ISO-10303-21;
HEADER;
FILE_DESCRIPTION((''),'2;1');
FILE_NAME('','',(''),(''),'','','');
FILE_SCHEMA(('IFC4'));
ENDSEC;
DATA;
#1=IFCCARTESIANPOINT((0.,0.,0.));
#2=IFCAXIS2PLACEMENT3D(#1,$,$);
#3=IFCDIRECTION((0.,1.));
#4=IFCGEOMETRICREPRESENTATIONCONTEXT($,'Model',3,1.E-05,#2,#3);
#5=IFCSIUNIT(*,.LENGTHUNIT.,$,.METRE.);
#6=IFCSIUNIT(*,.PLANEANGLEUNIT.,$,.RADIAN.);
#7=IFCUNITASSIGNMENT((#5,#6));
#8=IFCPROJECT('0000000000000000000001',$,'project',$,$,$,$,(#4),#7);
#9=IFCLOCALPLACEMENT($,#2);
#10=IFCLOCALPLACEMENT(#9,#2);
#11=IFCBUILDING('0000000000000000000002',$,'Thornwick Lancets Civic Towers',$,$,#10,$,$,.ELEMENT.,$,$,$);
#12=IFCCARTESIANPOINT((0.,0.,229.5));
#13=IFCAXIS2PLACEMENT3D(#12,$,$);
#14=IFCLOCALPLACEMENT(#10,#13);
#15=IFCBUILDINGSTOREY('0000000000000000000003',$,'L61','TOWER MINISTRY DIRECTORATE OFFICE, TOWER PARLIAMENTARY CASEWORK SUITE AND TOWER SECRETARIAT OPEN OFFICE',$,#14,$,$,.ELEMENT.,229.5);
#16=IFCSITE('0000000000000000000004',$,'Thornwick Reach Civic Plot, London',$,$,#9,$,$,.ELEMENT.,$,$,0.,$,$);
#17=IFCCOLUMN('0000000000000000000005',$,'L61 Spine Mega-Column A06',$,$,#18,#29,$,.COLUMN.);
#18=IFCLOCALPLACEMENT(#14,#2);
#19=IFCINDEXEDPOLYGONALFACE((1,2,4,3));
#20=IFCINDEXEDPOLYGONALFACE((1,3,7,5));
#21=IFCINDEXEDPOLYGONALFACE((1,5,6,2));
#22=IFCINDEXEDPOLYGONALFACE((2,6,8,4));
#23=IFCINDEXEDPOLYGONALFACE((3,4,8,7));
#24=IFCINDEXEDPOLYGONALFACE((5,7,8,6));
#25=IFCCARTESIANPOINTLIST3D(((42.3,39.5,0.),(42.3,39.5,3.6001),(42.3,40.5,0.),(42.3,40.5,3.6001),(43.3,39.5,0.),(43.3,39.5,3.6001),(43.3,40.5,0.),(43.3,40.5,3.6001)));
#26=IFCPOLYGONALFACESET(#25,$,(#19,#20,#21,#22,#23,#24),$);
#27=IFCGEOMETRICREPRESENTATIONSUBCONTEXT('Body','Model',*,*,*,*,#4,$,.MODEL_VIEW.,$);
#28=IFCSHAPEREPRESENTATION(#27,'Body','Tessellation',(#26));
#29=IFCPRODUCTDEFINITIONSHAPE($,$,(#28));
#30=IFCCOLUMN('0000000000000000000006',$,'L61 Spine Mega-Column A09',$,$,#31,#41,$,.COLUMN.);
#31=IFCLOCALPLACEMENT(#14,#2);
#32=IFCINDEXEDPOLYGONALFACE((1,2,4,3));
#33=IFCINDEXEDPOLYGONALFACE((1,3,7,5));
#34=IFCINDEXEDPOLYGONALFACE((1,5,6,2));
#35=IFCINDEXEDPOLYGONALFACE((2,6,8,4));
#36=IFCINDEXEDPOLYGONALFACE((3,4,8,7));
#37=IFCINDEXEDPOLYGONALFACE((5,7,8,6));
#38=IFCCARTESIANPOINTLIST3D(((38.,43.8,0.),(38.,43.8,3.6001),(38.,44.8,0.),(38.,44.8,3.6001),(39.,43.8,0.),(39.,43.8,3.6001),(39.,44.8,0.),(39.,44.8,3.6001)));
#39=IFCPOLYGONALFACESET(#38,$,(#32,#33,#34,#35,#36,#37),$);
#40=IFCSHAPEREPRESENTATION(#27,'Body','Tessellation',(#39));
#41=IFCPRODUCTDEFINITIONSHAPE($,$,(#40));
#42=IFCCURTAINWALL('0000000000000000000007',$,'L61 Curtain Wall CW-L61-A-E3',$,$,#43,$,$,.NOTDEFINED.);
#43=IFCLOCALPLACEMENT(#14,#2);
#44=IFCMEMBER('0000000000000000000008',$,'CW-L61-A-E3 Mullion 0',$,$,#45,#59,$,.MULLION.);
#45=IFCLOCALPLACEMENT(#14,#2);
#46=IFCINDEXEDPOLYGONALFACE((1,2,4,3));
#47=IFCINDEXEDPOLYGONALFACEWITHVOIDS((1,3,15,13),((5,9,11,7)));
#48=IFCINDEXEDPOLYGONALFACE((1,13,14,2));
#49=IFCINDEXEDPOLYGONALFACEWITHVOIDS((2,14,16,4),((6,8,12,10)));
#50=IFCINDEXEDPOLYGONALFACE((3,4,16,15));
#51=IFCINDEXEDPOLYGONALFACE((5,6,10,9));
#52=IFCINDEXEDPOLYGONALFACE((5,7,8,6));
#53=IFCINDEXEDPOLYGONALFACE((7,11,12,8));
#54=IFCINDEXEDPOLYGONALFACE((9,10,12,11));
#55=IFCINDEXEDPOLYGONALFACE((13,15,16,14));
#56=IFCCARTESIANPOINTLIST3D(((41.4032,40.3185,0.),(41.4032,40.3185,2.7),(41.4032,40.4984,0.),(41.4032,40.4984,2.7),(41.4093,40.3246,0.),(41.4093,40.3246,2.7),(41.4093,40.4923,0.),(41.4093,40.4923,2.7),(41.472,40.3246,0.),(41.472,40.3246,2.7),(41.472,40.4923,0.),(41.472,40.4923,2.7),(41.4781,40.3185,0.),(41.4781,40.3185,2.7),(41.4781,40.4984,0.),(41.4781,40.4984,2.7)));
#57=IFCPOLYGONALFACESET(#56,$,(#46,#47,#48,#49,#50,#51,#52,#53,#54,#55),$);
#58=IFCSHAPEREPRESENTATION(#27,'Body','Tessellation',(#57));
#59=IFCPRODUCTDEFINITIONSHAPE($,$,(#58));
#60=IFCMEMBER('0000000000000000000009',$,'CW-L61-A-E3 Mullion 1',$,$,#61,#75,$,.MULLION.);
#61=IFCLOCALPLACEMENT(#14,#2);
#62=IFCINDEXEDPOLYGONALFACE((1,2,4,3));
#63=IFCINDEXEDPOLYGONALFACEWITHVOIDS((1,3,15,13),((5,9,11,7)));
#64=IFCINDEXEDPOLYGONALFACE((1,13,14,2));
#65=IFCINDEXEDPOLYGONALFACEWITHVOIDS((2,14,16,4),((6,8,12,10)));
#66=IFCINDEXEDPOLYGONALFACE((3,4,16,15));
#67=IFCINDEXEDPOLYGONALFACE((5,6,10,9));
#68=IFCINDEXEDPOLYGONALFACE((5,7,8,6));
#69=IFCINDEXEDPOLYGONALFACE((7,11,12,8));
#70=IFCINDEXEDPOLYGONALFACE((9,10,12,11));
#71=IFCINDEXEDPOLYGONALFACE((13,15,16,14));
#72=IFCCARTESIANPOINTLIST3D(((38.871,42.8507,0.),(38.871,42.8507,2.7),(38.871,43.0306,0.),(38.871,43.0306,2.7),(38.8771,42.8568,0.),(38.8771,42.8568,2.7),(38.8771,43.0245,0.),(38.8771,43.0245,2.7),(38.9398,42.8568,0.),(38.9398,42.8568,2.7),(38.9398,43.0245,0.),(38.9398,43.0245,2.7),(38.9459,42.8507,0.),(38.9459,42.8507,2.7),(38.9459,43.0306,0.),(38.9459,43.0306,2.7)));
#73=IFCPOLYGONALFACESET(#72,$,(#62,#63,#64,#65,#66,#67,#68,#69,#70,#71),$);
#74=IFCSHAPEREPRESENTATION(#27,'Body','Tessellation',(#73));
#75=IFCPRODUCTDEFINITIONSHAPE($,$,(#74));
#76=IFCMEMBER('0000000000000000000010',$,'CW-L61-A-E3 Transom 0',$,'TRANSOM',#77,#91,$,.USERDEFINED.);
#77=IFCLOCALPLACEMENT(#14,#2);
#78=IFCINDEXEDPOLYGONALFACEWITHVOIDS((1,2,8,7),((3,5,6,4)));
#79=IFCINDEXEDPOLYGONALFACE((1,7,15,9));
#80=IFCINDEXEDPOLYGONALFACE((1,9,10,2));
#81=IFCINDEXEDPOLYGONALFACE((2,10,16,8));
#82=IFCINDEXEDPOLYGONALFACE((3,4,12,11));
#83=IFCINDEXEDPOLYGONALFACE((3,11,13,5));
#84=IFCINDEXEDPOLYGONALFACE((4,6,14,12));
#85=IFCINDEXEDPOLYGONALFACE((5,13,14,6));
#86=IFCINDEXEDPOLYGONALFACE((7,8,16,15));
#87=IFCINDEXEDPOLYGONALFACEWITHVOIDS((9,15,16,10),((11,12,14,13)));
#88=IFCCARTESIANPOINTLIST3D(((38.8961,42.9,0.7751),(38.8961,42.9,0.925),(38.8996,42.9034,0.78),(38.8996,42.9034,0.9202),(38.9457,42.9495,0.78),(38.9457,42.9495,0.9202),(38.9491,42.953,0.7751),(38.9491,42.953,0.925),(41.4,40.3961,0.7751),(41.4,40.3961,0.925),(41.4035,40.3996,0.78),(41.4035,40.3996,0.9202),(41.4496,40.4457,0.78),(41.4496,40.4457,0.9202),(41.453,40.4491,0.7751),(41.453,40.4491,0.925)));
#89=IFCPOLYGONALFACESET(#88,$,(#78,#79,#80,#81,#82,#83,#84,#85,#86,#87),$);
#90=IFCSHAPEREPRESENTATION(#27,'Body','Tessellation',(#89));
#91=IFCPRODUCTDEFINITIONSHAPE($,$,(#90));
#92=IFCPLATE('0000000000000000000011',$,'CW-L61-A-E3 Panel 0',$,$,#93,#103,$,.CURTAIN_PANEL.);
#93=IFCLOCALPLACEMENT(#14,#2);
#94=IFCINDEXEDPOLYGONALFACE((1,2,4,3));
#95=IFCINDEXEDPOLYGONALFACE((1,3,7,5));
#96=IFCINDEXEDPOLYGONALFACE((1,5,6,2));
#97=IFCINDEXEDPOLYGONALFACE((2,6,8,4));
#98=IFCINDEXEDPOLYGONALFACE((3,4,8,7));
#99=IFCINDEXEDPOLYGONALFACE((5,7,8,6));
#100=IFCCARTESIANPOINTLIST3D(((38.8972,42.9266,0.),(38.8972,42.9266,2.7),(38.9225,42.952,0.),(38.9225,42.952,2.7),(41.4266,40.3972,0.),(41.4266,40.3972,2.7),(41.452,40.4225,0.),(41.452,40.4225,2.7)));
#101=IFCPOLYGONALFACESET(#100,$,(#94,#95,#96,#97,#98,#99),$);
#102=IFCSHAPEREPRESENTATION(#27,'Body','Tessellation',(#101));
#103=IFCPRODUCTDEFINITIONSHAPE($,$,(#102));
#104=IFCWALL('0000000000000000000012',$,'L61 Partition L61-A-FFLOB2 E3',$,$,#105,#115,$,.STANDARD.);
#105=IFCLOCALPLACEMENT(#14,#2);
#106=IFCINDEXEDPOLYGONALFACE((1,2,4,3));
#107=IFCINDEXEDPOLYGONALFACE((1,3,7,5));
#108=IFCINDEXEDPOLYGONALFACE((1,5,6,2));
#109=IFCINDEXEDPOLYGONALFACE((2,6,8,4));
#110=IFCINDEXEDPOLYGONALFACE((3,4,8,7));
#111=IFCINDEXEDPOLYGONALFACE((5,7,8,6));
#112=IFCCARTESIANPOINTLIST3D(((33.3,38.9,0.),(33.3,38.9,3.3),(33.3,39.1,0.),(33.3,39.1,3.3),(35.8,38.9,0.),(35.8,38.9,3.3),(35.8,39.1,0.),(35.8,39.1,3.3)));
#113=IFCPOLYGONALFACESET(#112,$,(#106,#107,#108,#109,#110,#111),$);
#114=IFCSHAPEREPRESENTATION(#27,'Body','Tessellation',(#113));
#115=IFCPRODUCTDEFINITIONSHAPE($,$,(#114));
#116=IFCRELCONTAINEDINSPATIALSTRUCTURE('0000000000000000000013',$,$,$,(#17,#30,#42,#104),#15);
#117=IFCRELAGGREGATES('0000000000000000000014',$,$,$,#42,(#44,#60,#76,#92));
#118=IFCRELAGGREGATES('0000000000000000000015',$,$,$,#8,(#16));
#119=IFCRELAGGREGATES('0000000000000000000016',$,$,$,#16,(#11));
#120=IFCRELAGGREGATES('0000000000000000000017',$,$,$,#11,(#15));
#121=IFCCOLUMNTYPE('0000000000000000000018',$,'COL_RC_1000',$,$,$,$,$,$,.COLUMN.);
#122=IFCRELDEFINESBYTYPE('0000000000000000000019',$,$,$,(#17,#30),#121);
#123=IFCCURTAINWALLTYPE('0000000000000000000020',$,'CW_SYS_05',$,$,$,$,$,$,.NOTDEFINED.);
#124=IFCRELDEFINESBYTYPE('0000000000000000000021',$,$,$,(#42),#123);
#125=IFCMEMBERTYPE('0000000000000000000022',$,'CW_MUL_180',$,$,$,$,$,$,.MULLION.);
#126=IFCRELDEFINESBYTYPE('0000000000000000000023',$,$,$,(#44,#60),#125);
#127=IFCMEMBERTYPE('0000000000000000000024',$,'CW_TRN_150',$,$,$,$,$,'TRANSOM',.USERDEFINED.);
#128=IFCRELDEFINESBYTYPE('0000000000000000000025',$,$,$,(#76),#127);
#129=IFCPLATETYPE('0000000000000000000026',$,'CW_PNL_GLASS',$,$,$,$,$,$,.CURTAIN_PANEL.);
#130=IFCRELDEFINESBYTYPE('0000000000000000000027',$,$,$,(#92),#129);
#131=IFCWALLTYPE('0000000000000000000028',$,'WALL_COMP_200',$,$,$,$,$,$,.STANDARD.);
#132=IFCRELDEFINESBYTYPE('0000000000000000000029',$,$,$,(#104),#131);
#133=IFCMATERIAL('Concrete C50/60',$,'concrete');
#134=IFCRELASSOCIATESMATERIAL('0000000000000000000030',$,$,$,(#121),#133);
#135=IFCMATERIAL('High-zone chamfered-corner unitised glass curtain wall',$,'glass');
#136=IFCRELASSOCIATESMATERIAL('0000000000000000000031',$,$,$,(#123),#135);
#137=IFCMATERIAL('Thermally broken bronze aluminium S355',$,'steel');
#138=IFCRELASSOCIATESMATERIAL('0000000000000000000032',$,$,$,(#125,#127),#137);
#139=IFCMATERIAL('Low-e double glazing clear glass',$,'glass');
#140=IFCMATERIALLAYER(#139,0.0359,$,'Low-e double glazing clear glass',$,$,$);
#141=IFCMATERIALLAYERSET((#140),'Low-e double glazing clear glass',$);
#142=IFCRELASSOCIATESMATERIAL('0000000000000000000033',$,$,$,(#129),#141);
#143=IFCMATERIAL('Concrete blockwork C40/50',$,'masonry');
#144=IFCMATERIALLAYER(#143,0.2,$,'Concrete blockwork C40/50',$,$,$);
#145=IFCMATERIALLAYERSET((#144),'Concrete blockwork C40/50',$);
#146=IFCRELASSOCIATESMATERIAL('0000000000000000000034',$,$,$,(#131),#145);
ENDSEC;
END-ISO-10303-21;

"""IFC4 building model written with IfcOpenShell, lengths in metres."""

from ifc_helpers import new_model, si_unit, direction, frame, frame_2d, origin, origin_2d, place, context, subcontext, project, spatial, rectangle, hollow_rectangle, extrude, material, layer, layer_set, material_profile, profile_set, type_object, element, aggregate, save


model = new_model("IFC4")

# Units and contexts
model_context = context("Model", 3, precision=1e-05, world=origin(), true_north=direction((0.0, 1.0)))
body_context = subcontext(model_context, "Body", "Model", "MODEL_VIEW")
ifc_project = project(units=[si_unit("LENGTHUNIT", "METRE"), si_unit("PLANEANGLEUNIT", "RADIAN")], contexts=[model_context])

# Site, building, storey
site_placement = place(None, origin())
site = spatial("IfcSite", under=ifc_project, at=site_placement, Name="Thornwick Reach Civic Plot, London", CompositionType="ELEMENT", RefElevation=0.0)
building_placement = place(site_placement, origin())
building = spatial("IfcBuilding", under=site, at=building_placement, Name="Thornwick Lancets Civic Towers", CompositionType="ELEMENT")
storey_placement = place(building_placement, frame((0.0, 0.0, 229.5)))
storey = spatial("IfcBuildingStorey", under=building, at=storey_placement, Name="L61", Description="TOWER MINISTRY DIRECTORATE OFFICE, TOWER PARLIAMENTARY CASEWORK SUITE AND TOWER SECRETARIAT OPEN OFFICE", CompositionType="ELEMENT", Elevation=229.5)

# Columns
ifc_material_1 = material(Name="Concrete C50/60", Category="concrete")
ifc_material_profile_1 = material_profile(ifc_material_1, rectangle(XDim=1.0, YDim=1.0, at=origin_2d()), Name="RC 1000x1000")
ifc_profile_set_1 = profile_set([ifc_material_profile_1], Name="Concrete C50/60")
column_type = type_object("IfcColumnType", Name="COL_RC_1000", PredefinedType="COLUMN", material=ifc_profile_set_1)
for number, where, z_axis, x_axis, name in (
    (1, (42.8, 40.0, 0.0), (0.0, 0.0, 1.0), (1.0, 0.0, 0.0), "L61 Spine Mega-Column A06"),
    (2, (38.5, 44.3, 0.0), (0.0, 0.0, 1.0), (1.0, 0.0, 0.0), "L61 Spine Mega-Column A09"),
):
    element("IfcColumn", number, at=place(storey_placement, frame(where, z_axis=z_axis, x_axis=x_axis)), inside=storey, type_object=column_type, Name=name, PredefinedType="COLUMN", context=body_context, shape_type="SweptSolid", body=[
        extrude(rectangle(XDim=1.0, YDim=1.0, at=origin_2d()), origin(), (0.0, 0.0, 1.0), 3.6001),
    ])

# Curtain wall, members, plate
ifc_material_2 = material(Name="High-zone chamfered-corner unitised glass curtain wall", Category="glass")
curtain_wall_type = type_object("IfcCurtainWallType", Name="CW_SYS_05", PredefinedType="NOTDEFINED", material=ifc_material_2)
curtain_wall_placement = place(storey_placement, origin())
curtain_wall = element("IfcCurtainWall", 3, at=curtain_wall_placement, inside=storey, type_object=curtain_wall_type, Name="L61 Curtain Wall CW-L61-A-E3", PredefinedType="NOTDEFINED")
ifc_material_3 = material(Name="Thermally broken bronze aluminium S355", Category="steel")
ifc_material_profile_2 = material_profile(ifc_material_3, hollow_rectangle(XDim=0.075, YDim=0.1799, WallThickness=0.0061, at=origin_2d()), Name="RHS 180x75x6")
ifc_profile_set_2 = profile_set([ifc_material_profile_2], Name="Thermally broken bronze aluminium S355")
member_type_1 = type_object("IfcMemberType", Name="CW_MUL_180", PredefinedType="MULLION", material=ifc_profile_set_2)
member_1_placement = place(storey_placement, frame((41.4407, 40.4084, 0.0), z_axis=(0.0, 0.0, 1.0), x_axis=(1.0, 0.0, 0.0)))
member_1 = element("IfcMember", 4, at=member_1_placement, type_object=member_type_1, Name="CW-L61-A-E3 Mullion 0", PredefinedType="MULLION", context=body_context, shape_type="SweptSolid", body=[
    extrude(hollow_rectangle(XDim=0.075, YDim=0.1799, WallThickness=0.0061, at=origin_2d()), origin(), (0.0, 0.0, 1.0), 2.7),
])
member_2_placement = place(storey_placement, frame((38.9084, 42.9407, 0.0), z_axis=(0.0, 0.0, 1.0), x_axis=(1.0, 0.0, 0.0)))
member_2 = element("IfcMember", 5, at=member_2_placement, type_object=member_type_1, Name="CW-L61-A-E3 Mullion 1", PredefinedType="MULLION", context=body_context, shape_type="SweptSolid", body=[
    extrude(hollow_rectangle(XDim=0.075, YDim=0.1799, WallThickness=0.0061, at=origin_2d()), origin(), (0.0, 0.0, 1.0), 2.7),
])
ifc_material_profile_3 = material_profile(ifc_material_3, hollow_rectangle(XDim=0.075, YDim=0.1499, WallThickness=0.0049, at=origin_2d()), Name="RHS 150x75x5")
ifc_profile_set_3 = profile_set([ifc_material_profile_3], Name="Thermally broken bronze aluminium S355")
member_type_2 = type_object("IfcMemberType", Name="CW_TRN_150", ElementType="TRANSOM", PredefinedType="USERDEFINED", material=ifc_profile_set_3)
member_3_placement = place(storey_placement, frame((41.4265, 40.4226, 0.8501), z_axis=(-0.707107, 0.707107, 0.0), x_axis=(-0.707107, -0.707107, 0.0)))
member_3 = element("IfcMember", 6, at=member_3_placement, type_object=member_type_2, Name="CW-L61-A-E3 Transom 0", ObjectType="TRANSOM", PredefinedType="USERDEFINED", context=body_context, shape_type="SweptSolid", body=[
    extrude(hollow_rectangle(XDim=0.075, YDim=0.1499, WallThickness=0.0049, at=origin_2d()), origin(), (0.0, 0.0, 1.0), 3.541),
])
ifc_material_4 = material(Name="Low-e double glazing clear glass", Category="glass")
ifc_layer_1 = layer(ifc_material_4, 0.0359, Name="Low-e double glazing clear glass")
ifc_layer_set_1 = layer_set([ifc_layer_1], Name="Low-e double glazing clear glass")
plate_type = type_object("IfcPlateType", Name="CW_PNL_GLASS", PredefinedType="CURTAIN_PANEL", material=ifc_layer_set_1)
plate_placement = place(storey_placement, frame((40.1746, 41.6746, 0.0), z_axis=(0.0, 0.0, 1.0), x_axis=(-0.707107, 0.707107, 0.0)))
plate = element("IfcPlate", 7, at=plate_placement, type_object=plate_type, Name="CW-L61-A-E3 Panel 0", PredefinedType="CURTAIN_PANEL", context=body_context, shape_type="SweptSolid", body=[
    extrude(rectangle(XDim=3.5771, YDim=0.0359, at=origin_2d()), origin(), (0.0, 0.0, 1.0), 2.7),
])
aggregate(curtain_wall, [member_1, member_2, member_3, plate])

# Wall
ifc_material_5 = material(Name="Concrete blockwork C40/50", Category="masonry")
ifc_layer_2 = layer(ifc_material_5, 0.2, Name="Concrete blockwork C40/50")
ifc_layer_set_2 = layer_set([ifc_layer_2], Name="Concrete blockwork C40/50")
wall_type_1 = type_object("IfcWallType", Name="WALL_COMP_200", PredefinedType="STANDARD", material=ifc_layer_set_2)
wall_1_placement = place(storey_placement, frame((35.8, 39.0, 0.0), z_axis=(0.0, 0.0, 1.0), x_axis=(-1.0, 0.0, 0.0)))
element("IfcWall", 8, at=wall_1_placement, inside=storey, type_object=wall_type_1, Name="L61 Partition L61-A-FFLOB2 E3", PredefinedType="STANDARD", context=body_context, shape_type="SweptSolid", body=[
    extrude(rectangle(XDim=2.5, YDim=0.2, at=frame_2d((1.25, 0.0))), origin(), (0.0, 0.0, 1.0), 3.3),
])

save(model, "model.ifc")
